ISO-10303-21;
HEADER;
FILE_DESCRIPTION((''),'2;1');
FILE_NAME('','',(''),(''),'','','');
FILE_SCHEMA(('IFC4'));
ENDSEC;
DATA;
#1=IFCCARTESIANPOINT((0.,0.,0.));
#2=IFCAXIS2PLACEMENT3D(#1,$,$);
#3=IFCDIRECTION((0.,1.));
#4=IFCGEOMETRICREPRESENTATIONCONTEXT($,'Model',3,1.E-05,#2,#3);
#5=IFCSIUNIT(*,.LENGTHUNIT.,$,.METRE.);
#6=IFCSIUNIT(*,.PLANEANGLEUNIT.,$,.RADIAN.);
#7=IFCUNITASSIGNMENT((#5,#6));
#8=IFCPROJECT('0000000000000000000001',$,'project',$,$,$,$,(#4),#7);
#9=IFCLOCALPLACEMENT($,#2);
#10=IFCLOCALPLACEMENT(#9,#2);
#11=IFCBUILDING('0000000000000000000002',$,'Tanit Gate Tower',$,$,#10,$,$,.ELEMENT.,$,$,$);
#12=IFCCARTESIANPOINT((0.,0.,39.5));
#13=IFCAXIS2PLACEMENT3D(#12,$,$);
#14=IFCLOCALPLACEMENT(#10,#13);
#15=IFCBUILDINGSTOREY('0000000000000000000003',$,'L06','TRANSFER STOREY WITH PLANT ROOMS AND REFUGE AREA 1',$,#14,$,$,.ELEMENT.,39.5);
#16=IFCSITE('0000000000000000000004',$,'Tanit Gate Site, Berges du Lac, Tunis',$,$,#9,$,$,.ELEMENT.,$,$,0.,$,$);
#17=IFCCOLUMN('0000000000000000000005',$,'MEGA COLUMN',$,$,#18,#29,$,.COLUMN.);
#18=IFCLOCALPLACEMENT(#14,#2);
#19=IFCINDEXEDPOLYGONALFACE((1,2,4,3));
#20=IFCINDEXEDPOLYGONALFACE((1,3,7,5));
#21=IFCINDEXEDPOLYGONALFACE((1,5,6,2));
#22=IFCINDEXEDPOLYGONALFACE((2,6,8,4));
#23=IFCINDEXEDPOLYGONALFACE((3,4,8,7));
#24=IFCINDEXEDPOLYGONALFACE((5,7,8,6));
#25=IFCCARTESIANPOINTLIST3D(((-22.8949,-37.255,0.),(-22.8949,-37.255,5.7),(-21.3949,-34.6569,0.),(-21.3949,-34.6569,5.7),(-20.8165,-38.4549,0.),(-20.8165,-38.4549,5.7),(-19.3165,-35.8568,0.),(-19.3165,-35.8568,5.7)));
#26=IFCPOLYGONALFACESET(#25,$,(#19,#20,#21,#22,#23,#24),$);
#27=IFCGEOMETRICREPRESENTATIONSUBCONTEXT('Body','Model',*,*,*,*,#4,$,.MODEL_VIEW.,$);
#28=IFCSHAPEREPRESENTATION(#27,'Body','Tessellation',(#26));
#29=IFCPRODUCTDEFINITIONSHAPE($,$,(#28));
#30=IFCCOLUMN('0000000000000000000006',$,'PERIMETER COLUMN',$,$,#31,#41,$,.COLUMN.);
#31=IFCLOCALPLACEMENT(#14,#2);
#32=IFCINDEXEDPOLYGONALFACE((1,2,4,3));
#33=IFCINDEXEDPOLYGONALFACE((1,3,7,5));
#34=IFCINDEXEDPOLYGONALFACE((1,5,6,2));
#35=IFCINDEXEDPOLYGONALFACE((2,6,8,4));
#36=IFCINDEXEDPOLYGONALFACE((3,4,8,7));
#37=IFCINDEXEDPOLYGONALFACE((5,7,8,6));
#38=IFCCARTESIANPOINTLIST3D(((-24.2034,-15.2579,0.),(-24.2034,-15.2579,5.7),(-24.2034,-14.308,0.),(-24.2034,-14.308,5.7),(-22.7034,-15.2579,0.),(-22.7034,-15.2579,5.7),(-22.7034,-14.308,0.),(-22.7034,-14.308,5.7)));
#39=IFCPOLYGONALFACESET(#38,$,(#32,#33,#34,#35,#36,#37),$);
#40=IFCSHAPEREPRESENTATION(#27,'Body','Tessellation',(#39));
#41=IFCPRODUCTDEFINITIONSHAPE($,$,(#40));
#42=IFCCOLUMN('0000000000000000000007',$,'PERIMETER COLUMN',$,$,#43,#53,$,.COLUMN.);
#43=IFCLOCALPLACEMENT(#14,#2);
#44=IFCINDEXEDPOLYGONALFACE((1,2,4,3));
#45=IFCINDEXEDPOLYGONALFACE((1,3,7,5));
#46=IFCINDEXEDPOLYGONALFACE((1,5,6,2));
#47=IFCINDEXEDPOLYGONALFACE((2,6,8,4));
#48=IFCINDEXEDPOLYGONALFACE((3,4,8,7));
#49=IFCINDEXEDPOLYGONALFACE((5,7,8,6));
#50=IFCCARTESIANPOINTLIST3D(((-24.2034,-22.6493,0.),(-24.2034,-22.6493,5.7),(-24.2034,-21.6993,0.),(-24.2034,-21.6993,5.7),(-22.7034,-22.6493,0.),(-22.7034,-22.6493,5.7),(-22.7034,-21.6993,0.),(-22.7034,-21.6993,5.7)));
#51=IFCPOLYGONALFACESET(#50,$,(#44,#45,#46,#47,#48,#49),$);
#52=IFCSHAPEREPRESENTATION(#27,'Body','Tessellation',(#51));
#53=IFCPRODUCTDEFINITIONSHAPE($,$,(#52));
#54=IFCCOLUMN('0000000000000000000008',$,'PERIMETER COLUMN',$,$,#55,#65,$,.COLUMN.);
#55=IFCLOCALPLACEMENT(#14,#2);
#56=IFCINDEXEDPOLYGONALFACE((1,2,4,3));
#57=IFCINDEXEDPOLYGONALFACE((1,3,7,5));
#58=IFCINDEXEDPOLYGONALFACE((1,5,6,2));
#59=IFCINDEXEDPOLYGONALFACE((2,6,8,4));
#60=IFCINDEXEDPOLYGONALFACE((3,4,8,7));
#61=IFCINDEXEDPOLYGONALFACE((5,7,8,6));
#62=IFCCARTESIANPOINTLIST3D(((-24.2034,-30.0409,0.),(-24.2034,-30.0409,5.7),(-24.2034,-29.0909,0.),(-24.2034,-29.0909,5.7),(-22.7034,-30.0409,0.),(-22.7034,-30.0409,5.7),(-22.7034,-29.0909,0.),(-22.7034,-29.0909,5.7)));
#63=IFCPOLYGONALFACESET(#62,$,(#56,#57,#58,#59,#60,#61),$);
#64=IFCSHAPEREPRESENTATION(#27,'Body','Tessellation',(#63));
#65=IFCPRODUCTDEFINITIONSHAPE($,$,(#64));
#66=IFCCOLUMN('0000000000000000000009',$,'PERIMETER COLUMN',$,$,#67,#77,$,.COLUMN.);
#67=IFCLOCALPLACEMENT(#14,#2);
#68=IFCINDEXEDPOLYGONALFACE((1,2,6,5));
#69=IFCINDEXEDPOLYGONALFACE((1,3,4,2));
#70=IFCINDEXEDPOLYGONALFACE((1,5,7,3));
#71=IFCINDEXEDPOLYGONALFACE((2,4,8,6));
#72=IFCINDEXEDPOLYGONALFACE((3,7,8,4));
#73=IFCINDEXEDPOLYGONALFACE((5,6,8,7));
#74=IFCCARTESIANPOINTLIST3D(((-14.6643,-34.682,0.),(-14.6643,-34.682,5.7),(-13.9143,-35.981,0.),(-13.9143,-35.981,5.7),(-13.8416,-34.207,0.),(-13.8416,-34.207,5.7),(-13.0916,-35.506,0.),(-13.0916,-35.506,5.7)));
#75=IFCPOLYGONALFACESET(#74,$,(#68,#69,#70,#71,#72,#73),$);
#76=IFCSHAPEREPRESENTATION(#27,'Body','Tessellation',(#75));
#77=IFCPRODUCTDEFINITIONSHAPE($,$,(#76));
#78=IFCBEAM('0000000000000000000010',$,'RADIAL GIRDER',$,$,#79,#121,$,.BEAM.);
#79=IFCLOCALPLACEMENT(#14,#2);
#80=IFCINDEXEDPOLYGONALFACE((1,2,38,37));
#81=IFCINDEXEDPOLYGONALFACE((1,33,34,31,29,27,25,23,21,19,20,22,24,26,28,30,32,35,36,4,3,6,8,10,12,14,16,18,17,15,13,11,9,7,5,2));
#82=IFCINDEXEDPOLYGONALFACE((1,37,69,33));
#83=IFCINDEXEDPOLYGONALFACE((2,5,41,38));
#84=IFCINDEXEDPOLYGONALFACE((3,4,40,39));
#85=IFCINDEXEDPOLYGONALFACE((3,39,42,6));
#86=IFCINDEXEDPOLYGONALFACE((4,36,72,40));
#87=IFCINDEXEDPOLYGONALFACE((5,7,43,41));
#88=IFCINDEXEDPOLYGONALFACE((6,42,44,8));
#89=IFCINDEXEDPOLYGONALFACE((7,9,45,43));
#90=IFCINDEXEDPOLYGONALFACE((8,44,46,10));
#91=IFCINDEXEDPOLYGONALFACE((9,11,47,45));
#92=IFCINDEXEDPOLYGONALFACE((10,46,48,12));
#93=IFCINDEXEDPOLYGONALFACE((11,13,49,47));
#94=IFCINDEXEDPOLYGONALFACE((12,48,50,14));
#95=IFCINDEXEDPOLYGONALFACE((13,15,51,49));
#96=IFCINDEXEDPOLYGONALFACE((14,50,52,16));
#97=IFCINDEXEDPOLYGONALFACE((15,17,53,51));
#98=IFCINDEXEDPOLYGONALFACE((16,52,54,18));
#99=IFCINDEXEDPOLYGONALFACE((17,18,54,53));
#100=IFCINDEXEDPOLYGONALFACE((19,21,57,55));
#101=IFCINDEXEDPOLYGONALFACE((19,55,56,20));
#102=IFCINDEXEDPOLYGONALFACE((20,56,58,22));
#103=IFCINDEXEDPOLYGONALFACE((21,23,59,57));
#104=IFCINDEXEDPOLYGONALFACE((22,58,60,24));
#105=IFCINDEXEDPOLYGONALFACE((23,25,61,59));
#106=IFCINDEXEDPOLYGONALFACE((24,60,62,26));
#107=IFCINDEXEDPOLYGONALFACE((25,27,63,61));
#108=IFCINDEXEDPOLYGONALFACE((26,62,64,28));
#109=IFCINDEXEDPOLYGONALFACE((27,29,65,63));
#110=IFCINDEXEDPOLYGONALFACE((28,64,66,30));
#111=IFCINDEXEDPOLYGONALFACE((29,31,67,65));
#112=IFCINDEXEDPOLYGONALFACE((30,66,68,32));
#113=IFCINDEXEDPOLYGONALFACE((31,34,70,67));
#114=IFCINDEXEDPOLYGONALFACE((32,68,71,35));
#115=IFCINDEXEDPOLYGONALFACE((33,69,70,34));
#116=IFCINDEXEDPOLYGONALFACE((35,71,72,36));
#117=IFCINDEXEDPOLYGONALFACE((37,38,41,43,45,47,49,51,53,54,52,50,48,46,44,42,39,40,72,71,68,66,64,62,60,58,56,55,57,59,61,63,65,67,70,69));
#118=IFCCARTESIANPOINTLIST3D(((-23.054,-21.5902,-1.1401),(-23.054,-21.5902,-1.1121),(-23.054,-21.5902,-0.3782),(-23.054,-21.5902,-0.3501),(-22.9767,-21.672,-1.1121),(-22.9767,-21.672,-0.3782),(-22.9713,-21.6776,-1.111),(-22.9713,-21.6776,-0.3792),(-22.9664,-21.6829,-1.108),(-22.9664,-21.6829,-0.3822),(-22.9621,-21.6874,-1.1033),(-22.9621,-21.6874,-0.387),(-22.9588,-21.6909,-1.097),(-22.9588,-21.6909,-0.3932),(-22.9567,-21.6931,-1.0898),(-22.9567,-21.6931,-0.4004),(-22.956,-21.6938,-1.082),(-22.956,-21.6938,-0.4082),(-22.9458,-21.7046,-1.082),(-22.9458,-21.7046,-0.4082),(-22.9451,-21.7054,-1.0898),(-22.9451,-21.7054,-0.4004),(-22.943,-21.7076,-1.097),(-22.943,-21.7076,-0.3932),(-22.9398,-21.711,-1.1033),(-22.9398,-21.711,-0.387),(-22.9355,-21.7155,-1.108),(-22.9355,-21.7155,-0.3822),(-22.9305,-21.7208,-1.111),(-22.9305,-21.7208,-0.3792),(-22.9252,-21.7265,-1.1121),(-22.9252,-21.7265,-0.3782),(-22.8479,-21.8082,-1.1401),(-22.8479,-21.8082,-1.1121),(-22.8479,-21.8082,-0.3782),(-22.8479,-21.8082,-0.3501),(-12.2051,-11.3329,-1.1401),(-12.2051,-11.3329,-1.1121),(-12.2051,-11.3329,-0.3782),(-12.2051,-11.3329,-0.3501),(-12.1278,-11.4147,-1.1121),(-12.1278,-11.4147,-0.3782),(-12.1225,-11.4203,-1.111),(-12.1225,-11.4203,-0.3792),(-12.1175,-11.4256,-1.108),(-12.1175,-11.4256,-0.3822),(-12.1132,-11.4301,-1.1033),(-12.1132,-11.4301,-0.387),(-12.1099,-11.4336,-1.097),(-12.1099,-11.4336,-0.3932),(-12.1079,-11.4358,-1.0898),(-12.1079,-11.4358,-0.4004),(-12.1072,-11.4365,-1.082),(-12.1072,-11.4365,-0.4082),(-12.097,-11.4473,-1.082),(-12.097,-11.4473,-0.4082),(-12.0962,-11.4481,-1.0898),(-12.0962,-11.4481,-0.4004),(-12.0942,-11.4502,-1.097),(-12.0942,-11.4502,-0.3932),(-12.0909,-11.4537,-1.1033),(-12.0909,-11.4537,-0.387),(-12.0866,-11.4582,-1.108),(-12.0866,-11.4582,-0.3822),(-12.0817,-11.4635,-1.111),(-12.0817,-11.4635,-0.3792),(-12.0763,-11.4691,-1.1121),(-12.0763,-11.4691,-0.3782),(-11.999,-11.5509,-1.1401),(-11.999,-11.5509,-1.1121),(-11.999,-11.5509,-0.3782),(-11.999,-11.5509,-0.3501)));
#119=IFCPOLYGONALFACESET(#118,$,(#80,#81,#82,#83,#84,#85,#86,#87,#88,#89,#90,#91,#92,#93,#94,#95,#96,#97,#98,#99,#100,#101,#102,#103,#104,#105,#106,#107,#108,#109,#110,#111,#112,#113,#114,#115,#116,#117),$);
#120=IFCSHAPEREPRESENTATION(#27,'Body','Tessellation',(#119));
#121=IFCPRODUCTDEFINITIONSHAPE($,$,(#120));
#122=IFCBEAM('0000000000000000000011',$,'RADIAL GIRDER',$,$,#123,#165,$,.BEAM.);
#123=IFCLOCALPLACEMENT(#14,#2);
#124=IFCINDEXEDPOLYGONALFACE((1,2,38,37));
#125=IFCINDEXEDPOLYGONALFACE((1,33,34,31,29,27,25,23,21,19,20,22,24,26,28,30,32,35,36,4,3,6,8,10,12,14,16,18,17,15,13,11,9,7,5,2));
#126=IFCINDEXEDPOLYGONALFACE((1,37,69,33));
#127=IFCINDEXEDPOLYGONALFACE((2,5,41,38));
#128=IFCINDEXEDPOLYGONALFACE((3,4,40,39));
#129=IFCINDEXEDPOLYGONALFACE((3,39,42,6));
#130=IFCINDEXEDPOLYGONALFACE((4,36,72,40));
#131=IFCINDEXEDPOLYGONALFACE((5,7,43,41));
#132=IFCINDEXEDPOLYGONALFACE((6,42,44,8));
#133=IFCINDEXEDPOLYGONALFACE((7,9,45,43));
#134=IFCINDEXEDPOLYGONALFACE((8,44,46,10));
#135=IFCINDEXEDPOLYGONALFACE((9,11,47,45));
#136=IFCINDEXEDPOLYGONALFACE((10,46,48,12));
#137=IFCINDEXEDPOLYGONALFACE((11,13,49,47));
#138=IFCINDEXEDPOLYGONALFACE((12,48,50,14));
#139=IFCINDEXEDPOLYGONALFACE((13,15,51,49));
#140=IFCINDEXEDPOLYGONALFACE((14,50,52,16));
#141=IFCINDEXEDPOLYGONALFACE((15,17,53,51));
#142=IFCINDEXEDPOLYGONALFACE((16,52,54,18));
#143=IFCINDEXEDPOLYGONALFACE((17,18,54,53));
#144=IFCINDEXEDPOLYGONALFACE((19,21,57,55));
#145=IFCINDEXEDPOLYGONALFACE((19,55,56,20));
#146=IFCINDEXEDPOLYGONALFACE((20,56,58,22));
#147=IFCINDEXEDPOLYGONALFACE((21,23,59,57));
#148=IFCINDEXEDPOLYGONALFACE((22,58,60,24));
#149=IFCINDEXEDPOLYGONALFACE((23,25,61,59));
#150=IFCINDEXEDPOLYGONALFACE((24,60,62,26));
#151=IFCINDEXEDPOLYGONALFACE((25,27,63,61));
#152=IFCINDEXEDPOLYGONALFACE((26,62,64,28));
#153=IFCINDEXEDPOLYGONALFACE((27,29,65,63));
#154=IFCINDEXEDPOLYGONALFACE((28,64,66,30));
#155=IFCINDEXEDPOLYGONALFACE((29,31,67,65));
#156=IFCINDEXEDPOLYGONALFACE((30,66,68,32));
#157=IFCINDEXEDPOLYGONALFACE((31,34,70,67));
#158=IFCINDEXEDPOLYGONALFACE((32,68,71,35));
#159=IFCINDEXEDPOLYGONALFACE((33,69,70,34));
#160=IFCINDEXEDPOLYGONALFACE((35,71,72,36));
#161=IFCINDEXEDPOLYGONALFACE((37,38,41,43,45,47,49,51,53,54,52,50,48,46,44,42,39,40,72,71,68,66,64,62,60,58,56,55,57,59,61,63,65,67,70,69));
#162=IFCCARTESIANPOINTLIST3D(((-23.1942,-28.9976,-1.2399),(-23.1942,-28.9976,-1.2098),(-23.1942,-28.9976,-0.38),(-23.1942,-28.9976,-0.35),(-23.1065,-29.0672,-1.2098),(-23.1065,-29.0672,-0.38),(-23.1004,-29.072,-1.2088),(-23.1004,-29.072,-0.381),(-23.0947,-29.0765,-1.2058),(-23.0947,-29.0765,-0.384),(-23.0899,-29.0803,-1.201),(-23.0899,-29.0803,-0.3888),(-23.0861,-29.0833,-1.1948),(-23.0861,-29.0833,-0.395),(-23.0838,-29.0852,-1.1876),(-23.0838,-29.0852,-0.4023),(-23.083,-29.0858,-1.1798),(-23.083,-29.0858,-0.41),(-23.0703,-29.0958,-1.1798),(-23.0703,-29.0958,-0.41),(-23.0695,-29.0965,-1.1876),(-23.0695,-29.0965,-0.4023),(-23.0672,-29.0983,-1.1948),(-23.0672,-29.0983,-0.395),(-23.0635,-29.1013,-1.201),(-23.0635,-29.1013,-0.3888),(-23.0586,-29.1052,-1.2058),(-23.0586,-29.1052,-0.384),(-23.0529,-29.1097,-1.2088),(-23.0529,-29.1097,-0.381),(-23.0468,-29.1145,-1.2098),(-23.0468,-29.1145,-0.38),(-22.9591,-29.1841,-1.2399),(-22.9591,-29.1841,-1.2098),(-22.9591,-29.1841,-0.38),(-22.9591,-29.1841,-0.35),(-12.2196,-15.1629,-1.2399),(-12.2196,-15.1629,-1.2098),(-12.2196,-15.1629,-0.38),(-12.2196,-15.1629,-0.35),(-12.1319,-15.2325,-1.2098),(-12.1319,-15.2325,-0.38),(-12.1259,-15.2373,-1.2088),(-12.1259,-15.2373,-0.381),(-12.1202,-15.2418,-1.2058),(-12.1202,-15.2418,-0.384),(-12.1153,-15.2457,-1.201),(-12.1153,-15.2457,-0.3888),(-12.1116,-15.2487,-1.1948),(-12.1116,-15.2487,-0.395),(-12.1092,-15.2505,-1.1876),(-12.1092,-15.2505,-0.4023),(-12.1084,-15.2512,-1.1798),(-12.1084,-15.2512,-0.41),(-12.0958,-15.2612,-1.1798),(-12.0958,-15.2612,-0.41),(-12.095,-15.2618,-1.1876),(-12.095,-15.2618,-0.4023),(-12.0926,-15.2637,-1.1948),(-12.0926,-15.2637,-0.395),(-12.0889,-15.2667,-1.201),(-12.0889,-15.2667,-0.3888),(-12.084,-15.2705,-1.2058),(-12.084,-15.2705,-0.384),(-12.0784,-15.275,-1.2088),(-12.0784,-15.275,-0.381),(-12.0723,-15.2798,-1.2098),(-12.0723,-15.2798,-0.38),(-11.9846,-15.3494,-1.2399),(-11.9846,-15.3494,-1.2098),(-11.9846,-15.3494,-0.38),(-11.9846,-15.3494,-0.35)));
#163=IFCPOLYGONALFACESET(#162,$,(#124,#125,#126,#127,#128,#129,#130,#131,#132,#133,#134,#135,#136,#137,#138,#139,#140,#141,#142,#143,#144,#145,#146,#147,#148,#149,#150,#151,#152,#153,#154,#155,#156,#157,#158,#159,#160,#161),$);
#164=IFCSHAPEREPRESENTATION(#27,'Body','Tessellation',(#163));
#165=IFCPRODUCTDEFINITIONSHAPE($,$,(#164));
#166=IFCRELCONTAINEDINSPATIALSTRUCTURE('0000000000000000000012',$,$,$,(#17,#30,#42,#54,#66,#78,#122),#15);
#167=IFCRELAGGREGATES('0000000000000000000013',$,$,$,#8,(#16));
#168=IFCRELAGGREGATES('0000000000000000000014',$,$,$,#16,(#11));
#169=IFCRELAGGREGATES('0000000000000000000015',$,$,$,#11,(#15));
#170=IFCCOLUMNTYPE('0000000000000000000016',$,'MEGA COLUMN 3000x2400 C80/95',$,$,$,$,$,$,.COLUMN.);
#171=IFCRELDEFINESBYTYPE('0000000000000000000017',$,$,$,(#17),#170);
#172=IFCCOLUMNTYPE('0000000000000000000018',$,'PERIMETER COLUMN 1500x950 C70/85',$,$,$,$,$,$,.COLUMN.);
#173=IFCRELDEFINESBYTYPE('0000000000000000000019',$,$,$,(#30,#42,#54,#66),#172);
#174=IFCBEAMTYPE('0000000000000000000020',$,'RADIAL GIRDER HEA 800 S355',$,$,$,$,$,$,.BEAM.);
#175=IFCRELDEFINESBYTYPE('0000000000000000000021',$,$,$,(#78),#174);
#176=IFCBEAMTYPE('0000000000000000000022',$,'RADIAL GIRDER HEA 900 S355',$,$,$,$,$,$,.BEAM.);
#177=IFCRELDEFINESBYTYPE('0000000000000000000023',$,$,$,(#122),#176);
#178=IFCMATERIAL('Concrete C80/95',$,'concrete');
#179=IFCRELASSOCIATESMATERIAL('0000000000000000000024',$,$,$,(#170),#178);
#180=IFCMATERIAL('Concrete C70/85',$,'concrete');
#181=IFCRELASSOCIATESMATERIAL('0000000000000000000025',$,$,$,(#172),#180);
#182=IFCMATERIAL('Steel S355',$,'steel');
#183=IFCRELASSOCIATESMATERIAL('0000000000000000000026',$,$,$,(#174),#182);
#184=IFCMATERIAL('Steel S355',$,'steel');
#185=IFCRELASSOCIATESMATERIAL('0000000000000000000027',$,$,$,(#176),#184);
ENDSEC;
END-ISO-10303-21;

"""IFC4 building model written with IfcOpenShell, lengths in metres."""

from ifc_helpers import new_model, si_unit, direction, frame, origin, origin_2d, place, context, subcontext, project, spatial, rectangle, i_section, extrude, material, material_profile, profile_set, type_object, element, save


model = new_model("IFC4")

# Units and contexts
model_context = context("Model", 3, precision=1e-05, world=origin(), true_north=direction((0.0, 1.0)))
body_context = subcontext(model_context, "Body", "Model", "MODEL_VIEW")
ifc_project = project(units=[si_unit("LENGTHUNIT", "METRE"), si_unit("PLANEANGLEUNIT", "RADIAN")], contexts=[model_context])

# Site, building, storey
site_placement = place(None, origin())
site = spatial("IfcSite", under=ifc_project, at=site_placement, Name="Tanit Gate Site, Berges du Lac, Tunis", CompositionType="ELEMENT", RefElevation=0.0)
building_placement = place(site_placement, origin())
building = spatial("IfcBuilding", under=site, at=building_placement, Name="Tanit Gate Tower", CompositionType="ELEMENT")
storey_placement = place(building_placement, frame((0.0, 0.0, 39.5)))
storey = spatial("IfcBuildingStorey", under=building, at=storey_placement, Name="L06", Description="TRANSFER STOREY WITH PLANT ROOMS AND REFUGE AREA 1", CompositionType="ELEMENT", Elevation=39.5)

# Columns
ifc_material_1 = material(Name="Concrete C80/95", Category="concrete")
ifc_material_profile_1 = material_profile(ifc_material_1, rectangle(XDim=3.0, YDim=2.3999, at=origin_2d()), Name="RC 3000x2400")
ifc_profile_set_1 = profile_set([ifc_material_profile_1], Name="Concrete C80/95")
column_type_1 = type_object("IfcColumnType", Name="MEGA COLUMN 3000x2400 C80/95", PredefinedType="COLUMN", material=ifc_profile_set_1)
column_placement = place(storey_placement, frame((-21.1057, -36.5559, 0.0), z_axis=(0.0, 0.0, 1.0), x_axis=(-0.5, -0.866025, 0.0)))
element("IfcColumn", 1, at=column_placement, inside=storey, type_object=column_type_1, Name="MEGA COLUMN", PredefinedType="COLUMN", context=body_context, shape_type="SweptSolid", body=[
    extrude(rectangle(XDim=3.0, YDim=2.3999, at=origin_2d()), origin(), (0.0, 0.0, 1.0), 5.7),
])
ifc_material_2 = material(Name="Concrete C70/85", Category="concrete")
ifc_material_profile_2 = material_profile(ifc_material_2, rectangle(XDim=1.5, YDim=0.95, at=origin_2d()), Name="RC 1500x950")
ifc_profile_set_2 = profile_set([ifc_material_profile_2], Name="Concrete C70/85")
column_type_2 = type_object("IfcColumnType", Name="PERIMETER COLUMN 1500x950 C70/85", PredefinedType="COLUMN", material=ifc_profile_set_2)
for number, where, z_axis, x_axis, name in (
    (2, (-23.4534, -14.783, 0.0), (0.0, 0.0, 1.0), (-1.0, 0.0, 0.0), "PERIMETER COLUMN"),
    (3, (-23.4534, -22.1743, 0.0), (0.0, 0.0, 1.0), (-1.0, 0.0, 0.0), "PERIMETER COLUMN"),
    (4, (-23.4534, -29.5659, 0.0), (0.0, 0.0, 1.0), (-1.0, 0.0, 0.0), "PERIMETER COLUMN"),
    (5, (-13.8779, -35.094, 0.0), (0.0, 0.0, 1.0), (0.5, -0.866025, 0.0), "PERIMETER COLUMN"),
):
    element("IfcColumn", number, at=place(storey_placement, frame(where, z_axis=z_axis, x_axis=x_axis)), inside=storey, type_object=column_type_2, Name=name, PredefinedType="COLUMN", context=body_context, shape_type="SweptSolid", body=[
        extrude(rectangle(XDim=1.5, YDim=0.95, at=origin_2d()), origin(), (0.0, 0.0, 1.0), 5.7),
    ])

# Beams
ifc_material_3 = material(Name="Steel S355", Category="steel")
ifc_material_profile_3 = material_profile(ifc_material_3, i_section(OverallWidth=0.3, OverallDepth=0.79, WebThickness=0.0149, FlangeThickness=0.0281, FilletRadius=0.03, at=origin_2d()), Name="HEA 800")
ifc_profile_set_3 = profile_set([ifc_material_profile_3], Name="Steel S355")
beam_type_1 = type_object("IfcBeamType", Name="RADIAL GIRDER HEA 800 S355", PredefinedType="BEAM", material=ifc_profile_set_3)
beam_1_placement = place(storey_placement, frame((-22.9509, -21.6992, -0.7451), z_axis=(0.72664, 0.687019, 0.0), x_axis=(-0.687019, 0.72664, 0.0)))
element("IfcBeam", 6, at=beam_1_placement, inside=storey, type_object=beam_type_1, Name="RADIAL GIRDER", PredefinedType="BEAM", context=body_context, shape_type="SweptSolid", body=[
    extrude(i_section(OverallWidth=0.3, OverallDepth=0.79, WebThickness=0.0149, FlangeThickness=0.0281, FilletRadius=0.03, at=origin_2d()), origin(), (0.0, 0.0, 1.0), 14.9302),
])
ifc_material_4 = material(Name="Steel S355", Category="steel")
ifc_material_profile_4 = material_profile(ifc_material_4, i_section(OverallWidth=0.3, OverallDepth=0.8899, WebThickness=0.0161, FlangeThickness=0.03, FilletRadius=0.03, at=origin_2d()), Name="HEA 900")
ifc_profile_set_4 = profile_set([ifc_material_profile_4], Name="Steel S355")
beam_type_2 = type_object("IfcBeamType", Name="RADIAL GIRDER HEA 900 S355", PredefinedType="BEAM", material=ifc_profile_set_4)
for number, where, z_axis, x_axis, name in (
    (7, (-23.0767, -29.0908, -0.7949), (0.621473, 0.783436, 0.0), (-0.783436, 0.621473, 0.0), "RADIAL GIRDER"),
):
    element("IfcBeam", number, at=place(storey_placement, frame(where, z_axis=z_axis, x_axis=x_axis)), inside=storey, type_object=beam_type_2, Name=name, PredefinedType="BEAM", context=body_context, shape_type="SweptSolid", body=[
        extrude(i_section(OverallWidth=0.3, OverallDepth=0.8899, WebThickness=0.0161, FlangeThickness=0.03, FilletRadius=0.03, at=origin_2d()), origin(), (0.0, 0.0, 1.0), 17.6589),
    ])

save(model, "model.ifc")
